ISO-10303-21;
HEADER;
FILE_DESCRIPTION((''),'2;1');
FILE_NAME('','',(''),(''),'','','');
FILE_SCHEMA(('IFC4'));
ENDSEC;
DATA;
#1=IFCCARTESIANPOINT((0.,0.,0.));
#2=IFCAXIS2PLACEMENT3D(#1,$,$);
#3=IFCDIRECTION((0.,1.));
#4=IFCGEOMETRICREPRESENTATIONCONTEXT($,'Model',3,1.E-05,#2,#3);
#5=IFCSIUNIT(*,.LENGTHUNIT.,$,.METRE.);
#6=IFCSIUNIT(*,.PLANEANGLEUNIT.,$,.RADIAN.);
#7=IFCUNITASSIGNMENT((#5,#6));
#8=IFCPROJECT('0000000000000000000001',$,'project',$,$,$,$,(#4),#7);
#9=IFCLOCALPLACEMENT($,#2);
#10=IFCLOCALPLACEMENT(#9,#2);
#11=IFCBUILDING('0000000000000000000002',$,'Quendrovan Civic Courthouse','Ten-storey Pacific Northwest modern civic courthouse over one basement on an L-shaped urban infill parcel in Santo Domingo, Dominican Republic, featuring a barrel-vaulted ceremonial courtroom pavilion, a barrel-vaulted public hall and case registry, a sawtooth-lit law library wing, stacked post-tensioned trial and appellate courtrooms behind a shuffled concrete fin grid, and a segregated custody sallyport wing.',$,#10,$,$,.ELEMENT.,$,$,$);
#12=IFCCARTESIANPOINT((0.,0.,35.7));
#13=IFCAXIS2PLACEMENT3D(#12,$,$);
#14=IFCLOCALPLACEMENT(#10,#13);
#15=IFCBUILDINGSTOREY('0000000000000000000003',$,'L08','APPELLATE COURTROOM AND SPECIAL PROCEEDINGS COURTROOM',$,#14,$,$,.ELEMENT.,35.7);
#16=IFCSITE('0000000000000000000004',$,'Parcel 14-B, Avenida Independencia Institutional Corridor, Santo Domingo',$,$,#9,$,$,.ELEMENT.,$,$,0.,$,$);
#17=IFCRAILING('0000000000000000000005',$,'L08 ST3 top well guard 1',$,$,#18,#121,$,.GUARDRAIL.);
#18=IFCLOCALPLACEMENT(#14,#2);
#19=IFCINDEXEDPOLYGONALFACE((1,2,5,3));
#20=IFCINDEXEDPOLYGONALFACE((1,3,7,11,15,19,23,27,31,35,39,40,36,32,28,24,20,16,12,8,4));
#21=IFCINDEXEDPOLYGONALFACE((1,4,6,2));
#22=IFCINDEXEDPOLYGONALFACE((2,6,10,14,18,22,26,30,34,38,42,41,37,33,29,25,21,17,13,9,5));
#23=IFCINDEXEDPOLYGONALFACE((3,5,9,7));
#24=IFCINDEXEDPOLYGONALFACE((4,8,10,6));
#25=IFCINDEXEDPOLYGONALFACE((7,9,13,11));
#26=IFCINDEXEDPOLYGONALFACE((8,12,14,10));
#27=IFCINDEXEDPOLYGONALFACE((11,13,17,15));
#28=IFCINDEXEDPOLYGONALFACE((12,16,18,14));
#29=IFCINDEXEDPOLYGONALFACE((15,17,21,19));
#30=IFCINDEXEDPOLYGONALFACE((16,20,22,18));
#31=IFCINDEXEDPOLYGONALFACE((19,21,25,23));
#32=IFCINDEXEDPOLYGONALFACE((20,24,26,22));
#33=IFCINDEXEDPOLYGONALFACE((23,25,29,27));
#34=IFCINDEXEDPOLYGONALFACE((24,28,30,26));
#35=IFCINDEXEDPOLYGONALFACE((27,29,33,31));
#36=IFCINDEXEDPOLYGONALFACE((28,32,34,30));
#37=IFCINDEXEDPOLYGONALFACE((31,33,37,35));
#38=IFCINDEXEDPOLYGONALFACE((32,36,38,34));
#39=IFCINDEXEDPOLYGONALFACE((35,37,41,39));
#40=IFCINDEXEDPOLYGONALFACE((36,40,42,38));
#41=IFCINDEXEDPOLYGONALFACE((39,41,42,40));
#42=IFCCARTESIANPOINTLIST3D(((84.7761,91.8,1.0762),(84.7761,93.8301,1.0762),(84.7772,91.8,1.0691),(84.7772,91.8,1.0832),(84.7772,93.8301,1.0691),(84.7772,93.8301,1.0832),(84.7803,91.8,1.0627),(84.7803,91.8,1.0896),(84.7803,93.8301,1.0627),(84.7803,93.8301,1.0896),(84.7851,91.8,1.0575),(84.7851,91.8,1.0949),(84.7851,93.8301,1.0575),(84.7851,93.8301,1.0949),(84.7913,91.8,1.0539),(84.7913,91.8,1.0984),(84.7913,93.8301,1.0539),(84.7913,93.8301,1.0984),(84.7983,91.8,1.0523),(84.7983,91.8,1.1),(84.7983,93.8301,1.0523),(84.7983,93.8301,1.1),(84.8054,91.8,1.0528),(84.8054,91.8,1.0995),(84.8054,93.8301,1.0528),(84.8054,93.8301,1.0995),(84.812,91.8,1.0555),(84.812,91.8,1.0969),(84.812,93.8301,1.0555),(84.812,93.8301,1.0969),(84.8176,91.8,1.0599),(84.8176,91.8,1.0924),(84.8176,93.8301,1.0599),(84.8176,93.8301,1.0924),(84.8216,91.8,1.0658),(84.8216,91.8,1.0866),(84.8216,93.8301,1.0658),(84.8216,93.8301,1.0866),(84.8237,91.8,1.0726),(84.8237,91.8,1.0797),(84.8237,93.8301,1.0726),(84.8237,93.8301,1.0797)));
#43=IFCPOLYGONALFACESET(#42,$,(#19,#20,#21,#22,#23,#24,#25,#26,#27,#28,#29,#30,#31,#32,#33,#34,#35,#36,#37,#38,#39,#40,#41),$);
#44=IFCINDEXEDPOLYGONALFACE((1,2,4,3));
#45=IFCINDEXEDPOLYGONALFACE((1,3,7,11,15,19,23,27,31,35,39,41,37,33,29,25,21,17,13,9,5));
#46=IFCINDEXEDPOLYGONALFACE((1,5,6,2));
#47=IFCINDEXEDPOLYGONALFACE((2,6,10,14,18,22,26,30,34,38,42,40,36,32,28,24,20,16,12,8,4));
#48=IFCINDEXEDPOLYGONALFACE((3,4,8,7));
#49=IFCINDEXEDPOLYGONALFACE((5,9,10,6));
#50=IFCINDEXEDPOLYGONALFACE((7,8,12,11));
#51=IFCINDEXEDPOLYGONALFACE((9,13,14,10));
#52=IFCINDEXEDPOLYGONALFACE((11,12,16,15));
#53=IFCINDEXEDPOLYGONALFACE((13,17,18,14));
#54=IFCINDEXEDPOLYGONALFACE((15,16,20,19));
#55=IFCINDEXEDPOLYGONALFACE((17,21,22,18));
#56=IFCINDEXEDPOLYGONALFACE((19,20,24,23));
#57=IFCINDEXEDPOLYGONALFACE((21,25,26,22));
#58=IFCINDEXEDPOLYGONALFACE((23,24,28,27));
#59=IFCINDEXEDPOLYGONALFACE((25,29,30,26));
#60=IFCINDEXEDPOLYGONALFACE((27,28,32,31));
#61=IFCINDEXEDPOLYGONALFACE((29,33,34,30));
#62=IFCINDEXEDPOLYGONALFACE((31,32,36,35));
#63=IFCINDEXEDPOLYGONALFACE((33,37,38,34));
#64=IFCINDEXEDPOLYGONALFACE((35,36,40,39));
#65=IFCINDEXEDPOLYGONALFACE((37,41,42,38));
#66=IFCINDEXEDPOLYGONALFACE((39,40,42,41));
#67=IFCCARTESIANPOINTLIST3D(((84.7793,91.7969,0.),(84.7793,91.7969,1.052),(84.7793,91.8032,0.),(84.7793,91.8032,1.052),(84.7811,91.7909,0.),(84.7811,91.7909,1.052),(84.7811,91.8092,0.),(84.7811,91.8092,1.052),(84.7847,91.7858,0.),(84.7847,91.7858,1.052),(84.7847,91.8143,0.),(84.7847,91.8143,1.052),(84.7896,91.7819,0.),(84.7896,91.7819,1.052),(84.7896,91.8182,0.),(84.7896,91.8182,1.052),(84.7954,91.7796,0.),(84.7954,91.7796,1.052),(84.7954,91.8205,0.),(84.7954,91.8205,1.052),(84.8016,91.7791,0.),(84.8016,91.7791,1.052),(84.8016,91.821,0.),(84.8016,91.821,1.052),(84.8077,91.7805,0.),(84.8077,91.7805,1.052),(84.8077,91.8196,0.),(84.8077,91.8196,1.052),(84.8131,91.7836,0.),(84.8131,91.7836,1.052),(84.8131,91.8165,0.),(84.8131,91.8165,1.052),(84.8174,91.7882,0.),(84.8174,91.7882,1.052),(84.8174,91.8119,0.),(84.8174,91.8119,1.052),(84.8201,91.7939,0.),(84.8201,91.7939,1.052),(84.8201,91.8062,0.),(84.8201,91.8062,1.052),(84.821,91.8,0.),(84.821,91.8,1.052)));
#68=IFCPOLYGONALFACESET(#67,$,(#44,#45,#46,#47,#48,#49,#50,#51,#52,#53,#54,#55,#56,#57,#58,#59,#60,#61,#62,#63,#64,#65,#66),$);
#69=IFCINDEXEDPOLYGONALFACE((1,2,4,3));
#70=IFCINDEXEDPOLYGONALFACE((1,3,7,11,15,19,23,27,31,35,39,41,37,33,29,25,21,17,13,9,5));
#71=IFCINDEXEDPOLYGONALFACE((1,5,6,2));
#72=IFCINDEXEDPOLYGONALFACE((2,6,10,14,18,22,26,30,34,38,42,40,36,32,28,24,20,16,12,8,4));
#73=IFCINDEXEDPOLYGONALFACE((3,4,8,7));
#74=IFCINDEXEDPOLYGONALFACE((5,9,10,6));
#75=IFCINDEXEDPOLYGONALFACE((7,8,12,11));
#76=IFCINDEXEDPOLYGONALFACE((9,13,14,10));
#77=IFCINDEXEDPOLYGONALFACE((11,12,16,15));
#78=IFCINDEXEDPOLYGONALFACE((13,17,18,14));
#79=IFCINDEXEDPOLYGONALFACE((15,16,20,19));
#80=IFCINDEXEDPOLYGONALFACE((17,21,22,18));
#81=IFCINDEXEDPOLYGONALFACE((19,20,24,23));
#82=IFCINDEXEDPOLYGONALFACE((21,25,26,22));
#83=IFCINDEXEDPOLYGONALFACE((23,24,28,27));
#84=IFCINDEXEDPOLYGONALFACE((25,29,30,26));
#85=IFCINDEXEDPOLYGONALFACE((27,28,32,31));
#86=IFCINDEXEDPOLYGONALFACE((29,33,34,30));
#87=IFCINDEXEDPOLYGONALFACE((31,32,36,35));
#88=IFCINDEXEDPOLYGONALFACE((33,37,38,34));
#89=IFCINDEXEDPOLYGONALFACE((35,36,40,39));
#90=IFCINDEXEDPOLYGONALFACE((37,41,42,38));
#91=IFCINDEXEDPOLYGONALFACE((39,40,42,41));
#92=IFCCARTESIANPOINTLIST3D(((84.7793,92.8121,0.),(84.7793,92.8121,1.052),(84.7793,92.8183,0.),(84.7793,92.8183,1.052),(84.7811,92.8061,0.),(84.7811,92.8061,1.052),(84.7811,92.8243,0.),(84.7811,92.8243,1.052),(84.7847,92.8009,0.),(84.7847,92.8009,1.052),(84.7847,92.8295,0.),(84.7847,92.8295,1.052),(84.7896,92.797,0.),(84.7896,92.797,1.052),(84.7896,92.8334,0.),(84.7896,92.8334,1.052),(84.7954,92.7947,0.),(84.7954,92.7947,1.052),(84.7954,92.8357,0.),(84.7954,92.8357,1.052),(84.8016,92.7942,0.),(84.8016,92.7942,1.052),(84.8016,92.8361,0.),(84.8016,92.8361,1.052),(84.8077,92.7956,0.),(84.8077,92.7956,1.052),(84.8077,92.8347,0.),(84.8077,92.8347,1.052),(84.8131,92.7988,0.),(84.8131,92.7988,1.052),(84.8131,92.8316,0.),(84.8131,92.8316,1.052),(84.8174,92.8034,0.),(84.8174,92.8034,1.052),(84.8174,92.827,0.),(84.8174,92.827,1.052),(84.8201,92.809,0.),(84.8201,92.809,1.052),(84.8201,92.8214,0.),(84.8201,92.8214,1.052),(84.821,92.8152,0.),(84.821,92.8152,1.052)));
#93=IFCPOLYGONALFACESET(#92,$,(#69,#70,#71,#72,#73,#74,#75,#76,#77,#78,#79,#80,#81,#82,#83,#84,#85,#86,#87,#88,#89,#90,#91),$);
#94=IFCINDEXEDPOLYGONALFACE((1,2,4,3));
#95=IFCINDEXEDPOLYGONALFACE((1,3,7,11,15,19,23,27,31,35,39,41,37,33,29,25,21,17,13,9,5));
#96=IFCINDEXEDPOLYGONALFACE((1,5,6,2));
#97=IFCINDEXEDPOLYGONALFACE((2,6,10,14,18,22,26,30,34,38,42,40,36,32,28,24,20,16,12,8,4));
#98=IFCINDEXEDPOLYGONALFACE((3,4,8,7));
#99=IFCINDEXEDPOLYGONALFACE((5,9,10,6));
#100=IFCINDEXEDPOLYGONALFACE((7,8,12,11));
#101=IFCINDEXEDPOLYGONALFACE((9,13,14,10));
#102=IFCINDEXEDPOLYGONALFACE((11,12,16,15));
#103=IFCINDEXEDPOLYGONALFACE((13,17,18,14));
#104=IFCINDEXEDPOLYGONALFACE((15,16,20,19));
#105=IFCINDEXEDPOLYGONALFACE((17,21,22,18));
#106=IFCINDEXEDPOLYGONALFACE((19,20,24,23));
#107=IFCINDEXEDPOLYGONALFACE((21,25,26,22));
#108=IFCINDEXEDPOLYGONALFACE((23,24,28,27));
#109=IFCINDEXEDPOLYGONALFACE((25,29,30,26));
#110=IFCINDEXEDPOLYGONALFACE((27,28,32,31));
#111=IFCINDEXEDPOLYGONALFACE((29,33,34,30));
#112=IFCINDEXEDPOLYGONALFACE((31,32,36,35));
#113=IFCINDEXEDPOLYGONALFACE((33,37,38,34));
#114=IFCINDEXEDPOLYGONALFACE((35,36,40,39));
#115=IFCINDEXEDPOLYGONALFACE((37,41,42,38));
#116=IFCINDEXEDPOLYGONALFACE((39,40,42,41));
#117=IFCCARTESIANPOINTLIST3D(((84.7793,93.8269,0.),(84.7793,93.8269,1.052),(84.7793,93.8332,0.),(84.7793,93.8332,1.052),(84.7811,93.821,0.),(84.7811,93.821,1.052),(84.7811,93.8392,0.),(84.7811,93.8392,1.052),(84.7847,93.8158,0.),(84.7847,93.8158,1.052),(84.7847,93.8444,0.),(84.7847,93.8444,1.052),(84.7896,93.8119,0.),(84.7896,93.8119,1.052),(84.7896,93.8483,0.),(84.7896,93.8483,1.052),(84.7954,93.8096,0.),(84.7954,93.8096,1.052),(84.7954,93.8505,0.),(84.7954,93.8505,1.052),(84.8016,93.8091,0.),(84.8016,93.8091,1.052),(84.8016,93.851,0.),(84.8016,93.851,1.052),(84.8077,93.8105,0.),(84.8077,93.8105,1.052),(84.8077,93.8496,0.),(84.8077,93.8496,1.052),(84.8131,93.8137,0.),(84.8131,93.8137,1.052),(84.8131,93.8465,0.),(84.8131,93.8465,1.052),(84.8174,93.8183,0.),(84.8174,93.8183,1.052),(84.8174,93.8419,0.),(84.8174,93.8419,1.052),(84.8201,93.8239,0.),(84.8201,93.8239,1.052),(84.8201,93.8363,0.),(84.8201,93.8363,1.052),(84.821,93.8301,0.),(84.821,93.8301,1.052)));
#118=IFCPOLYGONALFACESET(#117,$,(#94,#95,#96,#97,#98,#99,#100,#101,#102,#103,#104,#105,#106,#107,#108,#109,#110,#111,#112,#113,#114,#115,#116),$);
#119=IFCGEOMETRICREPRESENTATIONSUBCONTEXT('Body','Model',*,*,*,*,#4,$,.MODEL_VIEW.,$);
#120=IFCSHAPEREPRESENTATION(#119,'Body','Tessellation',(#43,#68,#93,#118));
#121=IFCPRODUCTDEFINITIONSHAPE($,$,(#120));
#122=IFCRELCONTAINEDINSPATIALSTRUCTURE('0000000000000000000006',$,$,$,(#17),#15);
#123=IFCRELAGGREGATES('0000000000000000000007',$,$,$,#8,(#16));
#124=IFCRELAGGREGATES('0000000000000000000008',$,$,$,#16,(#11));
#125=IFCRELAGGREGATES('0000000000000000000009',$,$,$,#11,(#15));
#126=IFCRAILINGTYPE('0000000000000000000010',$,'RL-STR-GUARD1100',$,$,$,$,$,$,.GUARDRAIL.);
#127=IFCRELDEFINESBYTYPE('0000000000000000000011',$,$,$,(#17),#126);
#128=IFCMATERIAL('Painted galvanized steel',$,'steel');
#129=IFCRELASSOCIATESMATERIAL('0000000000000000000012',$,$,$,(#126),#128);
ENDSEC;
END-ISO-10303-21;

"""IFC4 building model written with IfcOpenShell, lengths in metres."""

from ifc_helpers import new_model, si_unit, direction, frame, origin, origin_2d, place, context, subcontext, project, spatial, circle, extrude, material, type_object, element, save


model = new_model("IFC4")

# Units and contexts
model_context = context("Model", 3, precision=1e-05, world=origin(), true_north=direction((0.0, 1.0)))
body_context = subcontext(model_context, "Body", "Model", "MODEL_VIEW")
ifc_project = project(units=[si_unit("LENGTHUNIT", "METRE"), si_unit("PLANEANGLEUNIT", "RADIAN")], contexts=[model_context])

# Site, building, storey
site_placement = place(None, origin())
site = spatial("IfcSite", under=ifc_project, at=site_placement, Name="Parcel 14-B, Avenida Independencia Institutional Corridor, Santo Domingo", CompositionType="ELEMENT", RefElevation=0.0)
building_placement = place(site_placement, origin())
building = spatial("IfcBuilding", under=site, at=building_placement, Name="Quendrovan Civic Courthouse", Description="Ten-storey Pacific Northwest modern civic courthouse over one basement on an L-shaped urban infill parcel in Santo Domingo, Dominican Republic, featuring a barrel-vaulted ceremonial courtroom pavilion, a barrel-vaulted public hall and case registry, a sawtooth-lit law library wing, stacked post-tensioned trial and appellate courtrooms behind a shuffled concrete fin grid, and a segregated custody sallyport wing.", CompositionType="ELEMENT")
storey_placement = place(building_placement, frame((0.0, 0.0, 35.7)))
storey = spatial("IfcBuildingStorey", under=building, at=storey_placement, Name="L08", Description="APPELLATE COURTROOM AND SPECIAL PROCEEDINGS COURTROOM", CompositionType="ELEMENT", Elevation=35.7)

# Railing
ifc_material_1 = material(Name="Painted galvanized steel", Category="steel")
railing_type = type_object("IfcRailingType", Name="RL-STR-GUARD1100", PredefinedType="GUARDRAIL", material=ifc_material_1)
railing_1_placement = place(storey_placement, frame((84.8, 91.8, 0.0)))
element("IfcRailing", 1, at=railing_1_placement, inside=storey, type_object=railing_type, Name="L08 ST3 top well guard 1", PredefinedType="GUARDRAIL", context=body_context, shape_type="SweptSolid", body=[
    extrude(circle(Radius=0.0239, at=origin_2d()), frame((0.0, 0.0, 1.0762), z_axis=(0.0, 1.0, 0.0), x_axis=(-1.0, 0.0, 0.0)), (0.0, 0.0, 1.0), 2.03),
    extrude(circle(Radius=0.021, at=origin_2d()), origin(), (0.0, 0.0, 1.0), 1.052),
    extrude(circle(Radius=0.021, at=origin_2d()), frame((0.0, 1.0151, 0.0)), (0.0, 0.0, 1.0), 1.052),
    extrude(circle(Radius=0.021, at=origin_2d()), frame((0.0, 2.03, 0.0)), (0.0, 0.0, 1.0), 1.052),
])

save(model, "model.ifc")
